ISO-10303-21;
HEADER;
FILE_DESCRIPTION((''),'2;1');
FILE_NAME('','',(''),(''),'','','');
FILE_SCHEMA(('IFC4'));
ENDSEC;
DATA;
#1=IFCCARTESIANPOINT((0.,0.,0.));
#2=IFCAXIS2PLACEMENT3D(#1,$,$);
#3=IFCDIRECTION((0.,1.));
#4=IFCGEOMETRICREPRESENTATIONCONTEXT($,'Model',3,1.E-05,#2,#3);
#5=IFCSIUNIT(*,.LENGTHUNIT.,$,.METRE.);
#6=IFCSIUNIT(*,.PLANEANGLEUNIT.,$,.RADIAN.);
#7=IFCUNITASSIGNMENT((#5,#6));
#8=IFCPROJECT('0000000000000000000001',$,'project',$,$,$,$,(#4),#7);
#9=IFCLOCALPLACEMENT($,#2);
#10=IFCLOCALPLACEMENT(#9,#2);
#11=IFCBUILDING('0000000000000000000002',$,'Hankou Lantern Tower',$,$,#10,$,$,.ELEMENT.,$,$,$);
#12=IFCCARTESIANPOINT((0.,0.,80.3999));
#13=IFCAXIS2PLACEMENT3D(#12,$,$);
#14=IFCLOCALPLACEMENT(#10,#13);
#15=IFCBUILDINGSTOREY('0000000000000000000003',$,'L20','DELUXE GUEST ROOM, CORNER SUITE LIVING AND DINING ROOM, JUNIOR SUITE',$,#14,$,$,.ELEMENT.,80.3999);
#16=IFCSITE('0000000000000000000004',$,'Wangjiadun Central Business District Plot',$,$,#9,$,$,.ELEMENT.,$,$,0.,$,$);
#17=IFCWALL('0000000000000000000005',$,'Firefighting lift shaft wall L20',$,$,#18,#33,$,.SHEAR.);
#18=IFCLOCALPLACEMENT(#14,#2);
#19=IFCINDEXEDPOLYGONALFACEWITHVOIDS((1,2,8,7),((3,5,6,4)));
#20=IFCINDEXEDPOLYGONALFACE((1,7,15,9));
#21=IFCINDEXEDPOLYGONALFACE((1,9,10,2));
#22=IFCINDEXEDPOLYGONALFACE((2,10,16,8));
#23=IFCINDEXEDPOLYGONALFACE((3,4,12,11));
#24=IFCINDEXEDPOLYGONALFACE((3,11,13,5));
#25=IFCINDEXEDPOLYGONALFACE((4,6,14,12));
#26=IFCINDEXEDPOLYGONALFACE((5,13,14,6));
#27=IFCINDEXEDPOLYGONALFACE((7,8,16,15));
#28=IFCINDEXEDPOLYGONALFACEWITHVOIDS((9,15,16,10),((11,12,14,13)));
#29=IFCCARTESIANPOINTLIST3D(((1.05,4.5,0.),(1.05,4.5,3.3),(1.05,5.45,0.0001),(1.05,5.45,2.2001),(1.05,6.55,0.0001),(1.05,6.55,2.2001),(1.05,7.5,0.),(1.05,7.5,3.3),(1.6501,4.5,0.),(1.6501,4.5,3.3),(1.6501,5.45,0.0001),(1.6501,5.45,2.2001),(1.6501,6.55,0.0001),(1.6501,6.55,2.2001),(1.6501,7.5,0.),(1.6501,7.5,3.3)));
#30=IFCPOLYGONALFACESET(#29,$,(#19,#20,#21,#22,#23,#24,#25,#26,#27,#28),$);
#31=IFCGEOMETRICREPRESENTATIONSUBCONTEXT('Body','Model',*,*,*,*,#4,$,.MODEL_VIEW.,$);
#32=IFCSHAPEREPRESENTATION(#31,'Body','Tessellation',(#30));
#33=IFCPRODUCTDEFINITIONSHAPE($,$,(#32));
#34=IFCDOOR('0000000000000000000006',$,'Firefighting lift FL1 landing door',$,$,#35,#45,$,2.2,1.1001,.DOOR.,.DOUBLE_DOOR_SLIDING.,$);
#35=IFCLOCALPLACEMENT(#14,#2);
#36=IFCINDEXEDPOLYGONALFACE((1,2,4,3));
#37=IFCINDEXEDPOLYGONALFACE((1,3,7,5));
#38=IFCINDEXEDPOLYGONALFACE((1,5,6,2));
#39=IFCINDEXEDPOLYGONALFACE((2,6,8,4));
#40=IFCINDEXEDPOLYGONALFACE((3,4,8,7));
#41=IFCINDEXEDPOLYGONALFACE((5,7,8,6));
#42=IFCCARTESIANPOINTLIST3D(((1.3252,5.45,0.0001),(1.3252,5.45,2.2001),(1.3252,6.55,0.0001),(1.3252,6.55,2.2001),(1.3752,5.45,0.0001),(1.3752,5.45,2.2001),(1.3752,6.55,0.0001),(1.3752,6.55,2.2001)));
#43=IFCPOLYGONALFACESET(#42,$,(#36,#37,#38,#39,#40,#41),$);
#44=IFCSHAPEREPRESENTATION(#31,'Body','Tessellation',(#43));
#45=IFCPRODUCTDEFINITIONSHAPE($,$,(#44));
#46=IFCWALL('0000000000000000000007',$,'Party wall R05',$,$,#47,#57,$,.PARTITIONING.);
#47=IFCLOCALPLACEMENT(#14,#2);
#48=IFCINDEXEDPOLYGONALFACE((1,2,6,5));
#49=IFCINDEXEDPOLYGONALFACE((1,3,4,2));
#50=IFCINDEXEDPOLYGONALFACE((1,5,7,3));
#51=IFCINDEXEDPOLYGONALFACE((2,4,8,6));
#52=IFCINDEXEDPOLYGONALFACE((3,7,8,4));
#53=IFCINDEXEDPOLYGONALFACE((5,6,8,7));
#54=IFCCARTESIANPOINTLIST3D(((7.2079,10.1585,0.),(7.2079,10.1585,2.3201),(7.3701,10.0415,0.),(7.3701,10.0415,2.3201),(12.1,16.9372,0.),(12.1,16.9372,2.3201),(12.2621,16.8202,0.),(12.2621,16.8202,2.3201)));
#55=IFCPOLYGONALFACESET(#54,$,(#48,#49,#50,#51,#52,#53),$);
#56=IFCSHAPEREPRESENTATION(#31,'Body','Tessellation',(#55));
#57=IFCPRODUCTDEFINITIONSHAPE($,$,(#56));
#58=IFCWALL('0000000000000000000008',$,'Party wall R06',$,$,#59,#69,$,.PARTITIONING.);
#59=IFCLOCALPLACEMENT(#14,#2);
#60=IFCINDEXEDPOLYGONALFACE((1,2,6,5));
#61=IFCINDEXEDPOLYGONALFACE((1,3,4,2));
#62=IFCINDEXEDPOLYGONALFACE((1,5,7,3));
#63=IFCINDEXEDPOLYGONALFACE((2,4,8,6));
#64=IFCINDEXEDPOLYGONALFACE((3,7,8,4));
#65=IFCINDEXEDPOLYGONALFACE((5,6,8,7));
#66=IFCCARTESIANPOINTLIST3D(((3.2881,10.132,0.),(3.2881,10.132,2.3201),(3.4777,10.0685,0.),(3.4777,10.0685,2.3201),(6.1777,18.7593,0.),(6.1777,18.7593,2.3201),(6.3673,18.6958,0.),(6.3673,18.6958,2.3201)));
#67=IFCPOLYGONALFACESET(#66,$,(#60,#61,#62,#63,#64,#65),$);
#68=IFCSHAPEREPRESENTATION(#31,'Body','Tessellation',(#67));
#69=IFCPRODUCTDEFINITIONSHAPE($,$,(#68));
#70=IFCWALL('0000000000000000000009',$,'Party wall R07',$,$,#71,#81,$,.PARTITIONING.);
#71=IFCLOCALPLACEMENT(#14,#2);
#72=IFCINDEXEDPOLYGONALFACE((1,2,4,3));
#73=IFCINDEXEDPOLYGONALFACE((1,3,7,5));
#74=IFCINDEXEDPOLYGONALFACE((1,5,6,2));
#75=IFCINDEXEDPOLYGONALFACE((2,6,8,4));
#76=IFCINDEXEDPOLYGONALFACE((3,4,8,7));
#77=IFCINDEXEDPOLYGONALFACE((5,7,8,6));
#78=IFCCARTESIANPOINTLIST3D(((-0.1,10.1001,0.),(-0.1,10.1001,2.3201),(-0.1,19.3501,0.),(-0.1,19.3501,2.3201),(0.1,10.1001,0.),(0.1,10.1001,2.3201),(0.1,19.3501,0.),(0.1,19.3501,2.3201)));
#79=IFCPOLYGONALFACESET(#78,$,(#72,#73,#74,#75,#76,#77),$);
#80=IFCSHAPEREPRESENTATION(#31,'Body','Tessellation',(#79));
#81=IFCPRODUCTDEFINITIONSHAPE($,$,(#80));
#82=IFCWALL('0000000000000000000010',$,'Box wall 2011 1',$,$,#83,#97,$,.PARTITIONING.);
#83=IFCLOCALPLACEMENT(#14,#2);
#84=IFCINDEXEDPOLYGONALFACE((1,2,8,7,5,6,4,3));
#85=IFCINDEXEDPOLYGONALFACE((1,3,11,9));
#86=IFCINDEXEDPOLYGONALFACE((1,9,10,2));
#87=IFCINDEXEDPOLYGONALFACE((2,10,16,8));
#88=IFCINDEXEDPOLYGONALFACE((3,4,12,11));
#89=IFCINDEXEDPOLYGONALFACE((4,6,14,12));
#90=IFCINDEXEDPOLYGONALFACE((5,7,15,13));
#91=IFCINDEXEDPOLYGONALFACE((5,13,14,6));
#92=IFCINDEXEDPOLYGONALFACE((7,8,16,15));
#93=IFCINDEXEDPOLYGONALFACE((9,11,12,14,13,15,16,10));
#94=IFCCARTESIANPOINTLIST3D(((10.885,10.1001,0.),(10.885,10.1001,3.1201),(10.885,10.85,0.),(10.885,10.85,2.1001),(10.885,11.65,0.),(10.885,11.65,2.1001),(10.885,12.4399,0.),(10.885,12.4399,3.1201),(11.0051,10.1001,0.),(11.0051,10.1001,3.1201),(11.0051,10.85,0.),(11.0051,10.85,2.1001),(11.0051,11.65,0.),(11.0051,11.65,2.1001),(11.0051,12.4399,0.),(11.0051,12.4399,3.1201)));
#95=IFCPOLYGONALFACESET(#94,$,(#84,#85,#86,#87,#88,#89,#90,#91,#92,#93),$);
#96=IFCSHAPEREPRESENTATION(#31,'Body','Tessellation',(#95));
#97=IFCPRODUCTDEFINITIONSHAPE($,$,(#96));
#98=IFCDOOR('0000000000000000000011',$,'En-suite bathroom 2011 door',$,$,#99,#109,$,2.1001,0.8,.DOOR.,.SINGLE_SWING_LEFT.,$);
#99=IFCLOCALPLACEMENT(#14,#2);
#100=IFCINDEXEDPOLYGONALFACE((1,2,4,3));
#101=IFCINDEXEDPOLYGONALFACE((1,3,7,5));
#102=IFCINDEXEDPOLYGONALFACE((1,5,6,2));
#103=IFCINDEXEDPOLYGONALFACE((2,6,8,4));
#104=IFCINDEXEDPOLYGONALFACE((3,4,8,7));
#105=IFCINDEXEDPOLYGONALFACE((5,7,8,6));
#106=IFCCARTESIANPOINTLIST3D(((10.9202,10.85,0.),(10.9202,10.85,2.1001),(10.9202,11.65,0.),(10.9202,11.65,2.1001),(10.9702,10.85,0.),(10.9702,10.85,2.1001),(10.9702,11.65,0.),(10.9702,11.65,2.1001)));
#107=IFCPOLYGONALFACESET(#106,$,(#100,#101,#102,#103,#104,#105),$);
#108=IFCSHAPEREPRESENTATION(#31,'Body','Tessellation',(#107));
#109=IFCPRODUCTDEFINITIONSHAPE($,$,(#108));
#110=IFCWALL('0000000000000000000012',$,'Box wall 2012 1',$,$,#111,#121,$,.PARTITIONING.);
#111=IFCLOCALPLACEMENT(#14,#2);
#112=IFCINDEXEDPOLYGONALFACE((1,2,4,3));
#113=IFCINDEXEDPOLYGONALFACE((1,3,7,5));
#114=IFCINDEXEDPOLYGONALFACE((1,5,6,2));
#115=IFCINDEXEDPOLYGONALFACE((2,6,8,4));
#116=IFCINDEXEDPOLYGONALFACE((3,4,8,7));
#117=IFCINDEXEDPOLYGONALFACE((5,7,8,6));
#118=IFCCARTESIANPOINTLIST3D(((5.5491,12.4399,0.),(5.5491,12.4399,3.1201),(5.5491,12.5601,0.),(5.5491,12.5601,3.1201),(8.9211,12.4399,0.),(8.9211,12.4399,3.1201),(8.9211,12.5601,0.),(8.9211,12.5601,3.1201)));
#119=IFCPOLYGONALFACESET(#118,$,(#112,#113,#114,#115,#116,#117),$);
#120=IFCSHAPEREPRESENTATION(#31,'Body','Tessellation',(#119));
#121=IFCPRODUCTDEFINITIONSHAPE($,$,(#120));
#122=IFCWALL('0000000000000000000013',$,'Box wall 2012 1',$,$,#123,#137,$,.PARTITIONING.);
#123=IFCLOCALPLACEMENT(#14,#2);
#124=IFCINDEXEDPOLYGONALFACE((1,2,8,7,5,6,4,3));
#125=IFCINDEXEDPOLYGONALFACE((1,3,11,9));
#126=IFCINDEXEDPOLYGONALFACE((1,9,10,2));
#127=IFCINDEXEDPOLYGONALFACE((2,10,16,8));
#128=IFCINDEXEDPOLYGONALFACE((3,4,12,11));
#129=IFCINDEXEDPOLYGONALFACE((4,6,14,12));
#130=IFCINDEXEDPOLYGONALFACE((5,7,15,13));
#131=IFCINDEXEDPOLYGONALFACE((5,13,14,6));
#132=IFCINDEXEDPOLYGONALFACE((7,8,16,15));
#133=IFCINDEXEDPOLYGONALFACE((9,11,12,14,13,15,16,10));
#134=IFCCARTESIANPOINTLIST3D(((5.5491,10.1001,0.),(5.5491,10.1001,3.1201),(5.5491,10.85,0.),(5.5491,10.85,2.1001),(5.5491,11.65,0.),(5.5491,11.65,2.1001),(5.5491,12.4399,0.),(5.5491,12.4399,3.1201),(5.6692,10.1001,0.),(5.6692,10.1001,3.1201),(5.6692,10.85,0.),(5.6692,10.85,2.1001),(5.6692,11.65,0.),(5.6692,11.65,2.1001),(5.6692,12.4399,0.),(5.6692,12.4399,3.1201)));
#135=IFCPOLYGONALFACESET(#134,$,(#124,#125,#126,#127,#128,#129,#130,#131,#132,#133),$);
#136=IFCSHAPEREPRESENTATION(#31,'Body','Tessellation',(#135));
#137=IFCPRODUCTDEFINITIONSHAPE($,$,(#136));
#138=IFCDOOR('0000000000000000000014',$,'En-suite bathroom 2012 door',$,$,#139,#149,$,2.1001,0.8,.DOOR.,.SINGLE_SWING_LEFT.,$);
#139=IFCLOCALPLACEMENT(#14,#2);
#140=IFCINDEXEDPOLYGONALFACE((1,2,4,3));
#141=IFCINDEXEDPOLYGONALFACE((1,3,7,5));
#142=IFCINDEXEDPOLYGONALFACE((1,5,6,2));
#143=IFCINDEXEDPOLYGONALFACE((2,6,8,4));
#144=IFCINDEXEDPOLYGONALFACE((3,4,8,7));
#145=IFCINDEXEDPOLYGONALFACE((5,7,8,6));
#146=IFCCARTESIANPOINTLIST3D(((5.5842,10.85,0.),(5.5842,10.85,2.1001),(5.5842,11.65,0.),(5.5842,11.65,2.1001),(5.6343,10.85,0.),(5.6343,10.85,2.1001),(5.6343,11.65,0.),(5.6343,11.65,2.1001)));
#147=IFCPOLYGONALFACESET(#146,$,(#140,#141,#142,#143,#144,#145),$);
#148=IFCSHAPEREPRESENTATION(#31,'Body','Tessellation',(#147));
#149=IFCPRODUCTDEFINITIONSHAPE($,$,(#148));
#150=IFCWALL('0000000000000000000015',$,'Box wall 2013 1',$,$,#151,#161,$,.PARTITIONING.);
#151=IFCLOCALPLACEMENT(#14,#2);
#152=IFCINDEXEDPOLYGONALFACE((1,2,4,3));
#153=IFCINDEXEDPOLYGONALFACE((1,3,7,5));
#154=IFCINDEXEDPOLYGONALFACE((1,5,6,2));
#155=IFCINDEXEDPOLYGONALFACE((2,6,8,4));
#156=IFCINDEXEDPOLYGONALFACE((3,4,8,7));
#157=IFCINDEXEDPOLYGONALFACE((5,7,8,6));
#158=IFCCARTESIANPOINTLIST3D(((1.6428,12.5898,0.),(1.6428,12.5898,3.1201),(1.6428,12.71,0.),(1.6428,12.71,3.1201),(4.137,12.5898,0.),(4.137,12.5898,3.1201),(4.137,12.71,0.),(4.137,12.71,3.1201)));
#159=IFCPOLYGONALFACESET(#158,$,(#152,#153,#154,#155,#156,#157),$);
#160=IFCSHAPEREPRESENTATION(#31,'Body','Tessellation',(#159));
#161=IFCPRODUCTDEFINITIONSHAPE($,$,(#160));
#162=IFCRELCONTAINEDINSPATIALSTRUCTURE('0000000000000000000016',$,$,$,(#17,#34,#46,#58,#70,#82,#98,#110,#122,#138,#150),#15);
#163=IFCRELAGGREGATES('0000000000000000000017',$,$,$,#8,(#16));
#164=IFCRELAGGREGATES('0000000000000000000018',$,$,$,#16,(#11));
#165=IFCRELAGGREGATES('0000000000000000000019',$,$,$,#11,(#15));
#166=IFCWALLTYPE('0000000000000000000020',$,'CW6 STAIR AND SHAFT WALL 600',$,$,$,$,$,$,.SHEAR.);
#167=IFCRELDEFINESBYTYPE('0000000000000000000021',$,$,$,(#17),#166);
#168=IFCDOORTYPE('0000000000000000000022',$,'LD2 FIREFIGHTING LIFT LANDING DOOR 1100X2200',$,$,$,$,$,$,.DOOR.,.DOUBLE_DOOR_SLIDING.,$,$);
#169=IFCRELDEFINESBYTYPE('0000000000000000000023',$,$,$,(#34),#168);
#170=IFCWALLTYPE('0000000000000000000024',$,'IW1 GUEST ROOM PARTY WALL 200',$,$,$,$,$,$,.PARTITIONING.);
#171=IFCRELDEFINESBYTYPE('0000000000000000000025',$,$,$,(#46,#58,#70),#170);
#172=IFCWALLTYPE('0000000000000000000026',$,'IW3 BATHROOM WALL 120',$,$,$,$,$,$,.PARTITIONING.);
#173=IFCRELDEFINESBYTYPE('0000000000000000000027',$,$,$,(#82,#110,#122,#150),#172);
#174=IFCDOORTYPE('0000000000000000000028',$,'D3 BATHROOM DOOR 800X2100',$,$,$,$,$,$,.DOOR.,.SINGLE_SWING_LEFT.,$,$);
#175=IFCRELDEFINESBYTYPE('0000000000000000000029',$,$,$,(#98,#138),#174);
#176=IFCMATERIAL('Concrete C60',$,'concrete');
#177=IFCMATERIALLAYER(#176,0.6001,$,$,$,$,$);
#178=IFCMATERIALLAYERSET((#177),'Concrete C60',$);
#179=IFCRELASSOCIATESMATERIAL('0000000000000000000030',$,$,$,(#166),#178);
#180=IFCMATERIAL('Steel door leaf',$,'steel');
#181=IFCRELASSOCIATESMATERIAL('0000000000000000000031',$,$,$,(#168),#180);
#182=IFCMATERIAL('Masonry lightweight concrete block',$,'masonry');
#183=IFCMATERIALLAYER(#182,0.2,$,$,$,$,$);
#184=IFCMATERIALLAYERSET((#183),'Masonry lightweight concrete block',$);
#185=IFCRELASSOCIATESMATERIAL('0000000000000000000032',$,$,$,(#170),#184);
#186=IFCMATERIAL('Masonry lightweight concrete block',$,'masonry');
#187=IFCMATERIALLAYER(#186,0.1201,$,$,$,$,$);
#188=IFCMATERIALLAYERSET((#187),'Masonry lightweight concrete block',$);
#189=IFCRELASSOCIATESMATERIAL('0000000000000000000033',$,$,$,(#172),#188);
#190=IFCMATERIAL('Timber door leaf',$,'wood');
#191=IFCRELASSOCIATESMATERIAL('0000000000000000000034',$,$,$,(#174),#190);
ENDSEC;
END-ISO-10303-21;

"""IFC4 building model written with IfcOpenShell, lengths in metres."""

from ifc_helpers import new_model, si_unit, direction, frame, frame_2d, origin, place, context, subcontext, project, spatial, rectangle, extrude, material, layer, layer_set, type_object, element, fill, save


model = new_model("IFC4")

# Units and contexts
model_context = context("Model", 3, precision=1e-05, world=origin(), true_north=direction((0.0, 1.0)))
body_context = subcontext(model_context, "Body", "Model", "MODEL_VIEW")
ifc_project = project(units=[si_unit("LENGTHUNIT", "METRE"), si_unit("PLANEANGLEUNIT", "RADIAN")], contexts=[model_context])

# Site, building, storey
site_placement = place(None, origin())
site = spatial("IfcSite", under=ifc_project, at=site_placement, Name="Wangjiadun Central Business District Plot", CompositionType="ELEMENT", RefElevation=0.0)
building_placement = place(site_placement, origin())
building = spatial("IfcBuilding", under=site, at=building_placement, Name="Hankou Lantern Tower", CompositionType="ELEMENT")
storey_placement = place(building_placement, frame((0.0, 0.0, 80.3999)))
storey = spatial("IfcBuildingStorey", under=building, at=storey_placement, Name="L20", Description="DELUXE GUEST ROOM, CORNER SUITE LIVING AND DINING ROOM, JUNIOR SUITE", CompositionType="ELEMENT", Elevation=80.3999)

# Wall, opening, door
ifc_material_1 = material(Name="Concrete C60", Category="concrete")
ifc_layer_1 = layer(ifc_material_1, 0.6001)
ifc_layer_set_1 = layer_set([ifc_layer_1], Name="Concrete C60")
wall_type_1 = type_object("IfcWallType", Name="CW6 STAIR AND SHAFT WALL 600", PredefinedType="SHEAR", material=ifc_layer_set_1)
wall_1_placement = place(storey_placement, frame((1.3501, 4.5, 0.0), z_axis=(0.0, 0.0, 1.0), x_axis=(0.0, 1.0, 0.0)))
wall_1 = element("IfcWall", 1, at=wall_1_placement, inside=storey, type_object=wall_type_1, Name="Firefighting lift shaft wall L20", PredefinedType="SHEAR", context=body_context, shape_type="SweptSolid", body=[
    extrude(rectangle(XDim=3.0, YDim=0.6001, at=frame_2d((1.5, 0.0))), origin(), (0.0, 0.0, 1.0), 3.3),
])
opening_1_placement = place(wall_1_placement, frame((0.95, 0.0, 0.0)))
opening_1 = element("IfcOpeningElement", 2, at=opening_1_placement, cuts=wall_1, PredefinedType="OPENING", context=body_context, shape_type="SweptSolid", body=[
    extrude(rectangle(XDim=1.1001, YDim=2.2, at=frame_2d((0.55, 1.1001))), frame((0.0, 0.3101, 0.0), z_axis=(0.0, -1.0, 0.0), x_axis=(1.0, 0.0, 0.0)), (0.0, 0.0, 1.0), 0.6201),
])
ifc_material_2 = material(Name="Steel door leaf", Category="steel")
door_type_1 = type_object("IfcDoorType", Name="LD2 FIREFIGHTING LIFT LANDING DOOR 1100X2200", OperationType="DOUBLE_DOOR_SLIDING", PredefinedType="DOOR", material=ifc_material_2)
door_1_placement = place(opening_1_placement, origin())
door_1 = element("IfcDoor", 3, at=door_1_placement, inside=storey, type_object=door_type_1, Name="Firefighting lift FL1 landing door", OperationType="DOUBLE_DOOR_SLIDING", OverallHeight=2.2, OverallWidth=1.1001, PredefinedType="DOOR", context=body_context, shape_type="SweptSolid", body=[
    extrude(rectangle(XDim=1.1001, YDim=2.2, at=frame_2d((0.55, 1.1001))), frame((0.0, 0.0249, 0.0), z_axis=(0.0, -1.0, 0.0), x_axis=(1.0, 0.0, 0.0)), (0.0, 0.0, 1.0), 0.05),
])
fill(opening_1, door_1)

# Walls
ifc_material_3 = material(Name="Masonry lightweight concrete block", Category="masonry")
ifc_layer_2 = layer(ifc_material_3, 0.2)
ifc_layer_set_2 = layer_set([ifc_layer_2], Name="Masonry lightweight concrete block")
wall_type_2 = type_object("IfcWallType", Name="IW1 GUEST ROOM PARTY WALL 200", PredefinedType="PARTITIONING", material=ifc_layer_set_2)
wall_2_placement = place(storey_placement, frame((7.2891, 10.1001, 0.0), z_axis=(0.0, 0.0, 1.0), x_axis=(0.585198, 0.81089, 0.0)))
element("IfcWall", 4, at=wall_2_placement, inside=storey, type_object=wall_type_2, Name="Party wall R05", PredefinedType="PARTITIONING", context=body_context, shape_type="SweptSolid", body=[
    extrude(rectangle(XDim=8.3596, YDim=0.2, at=frame_2d((4.1797, 0.0))), origin(), (0.0, 0.0, 1.0), 2.3201),
])
wall_3_placement = place(storey_placement, frame((3.3828, 10.1001, 0.0), z_axis=(0.0, 0.0, 1.0), x_axis=(0.317596, 0.948226, 0.0)))
element("IfcWall", 5, at=wall_3_placement, inside=storey, type_object=wall_type_2, Name="Party wall R06", PredefinedType="PARTITIONING", context=body_context, shape_type="SweptSolid", body=[
    extrude(rectangle(XDim=9.0984, YDim=0.2, at=frame_2d((4.5493, 0.0))), origin(), (0.0, 0.0, 1.0), 2.3201),
])
wall_4_placement = place(storey_placement, frame((0.0, 10.1001, 0.0), z_axis=(0.0, 0.0, 1.0), x_axis=(0.0, 1.0, 0.0)))
element("IfcWall", 6, at=wall_4_placement, inside=storey, type_object=wall_type_2, Name="Party wall R07", PredefinedType="PARTITIONING", context=body_context, shape_type="SweptSolid", body=[
    extrude(rectangle(XDim=9.25, YDim=0.2, at=frame_2d((4.625, 0.0))), origin(), (0.0, 0.0, 1.0), 2.3201),
])

# Wall, opening, door
ifc_material_4 = material(Name="Masonry lightweight concrete block", Category="masonry")
ifc_layer_3 = layer(ifc_material_4, 0.1201)
ifc_layer_set_3 = layer_set([ifc_layer_3], Name="Masonry lightweight concrete block")
wall_type_3 = type_object("IfcWallType", Name="IW3 BATHROOM WALL 120", PredefinedType="PARTITIONING", material=ifc_layer_set_3)
wall_5_placement = place(storey_placement, frame((10.9451, 10.1001, 0.0), z_axis=(0.0, 0.0, 1.0), x_axis=(0.0, 1.0, 0.0)))
wall_5 = element("IfcWall", 7, at=wall_5_placement, inside=storey, type_object=wall_type_3, Name="Box wall 2011 1", PredefinedType="PARTITIONING", context=body_context, shape_type="SweptSolid", body=[
    extrude(rectangle(XDim=2.3398, YDim=0.1201, at=frame_2d((1.1699, 0.0))), origin(), (0.0, 0.0, 1.0), 3.1201),
])
opening_2_placement = place(wall_5_placement, frame((0.75, 0.0, 0.0)))
opening_2 = element("IfcOpeningElement", 8, at=opening_2_placement, cuts=wall_5, PredefinedType="OPENING", context=body_context, shape_type="SweptSolid", body=[
    extrude(rectangle(XDim=0.8, YDim=2.1001, at=frame_2d((0.3999, 1.05))), frame((0.0, 0.0701, 0.0), z_axis=(0.0, -1.0, 0.0), x_axis=(1.0, 0.0, 0.0)), (0.0, 0.0, 1.0), 0.1401),
])
ifc_material_5 = material(Name="Timber door leaf", Category="wood")
door_type_2 = type_object("IfcDoorType", Name="D3 BATHROOM DOOR 800X2100", OperationType="SINGLE_SWING_LEFT", PredefinedType="DOOR", material=ifc_material_5)
door_2_placement = place(opening_2_placement, origin())
door_2 = element("IfcDoor", 9, at=door_2_placement, inside=storey, type_object=door_type_2, Name="En-suite bathroom 2011 door", OperationType="SINGLE_SWING_LEFT", OverallHeight=2.1001, OverallWidth=0.8, PredefinedType="DOOR", context=body_context, shape_type="SweptSolid", body=[
    extrude(rectangle(XDim=0.8, YDim=2.1001, at=frame_2d((0.3999, 1.05))), frame((0.0, 0.0249, 0.0), z_axis=(0.0, -1.0, 0.0), x_axis=(1.0, 0.0, 0.0)), (0.0, 0.0, 1.0), 0.05),
])
fill(opening_2, door_2)

# Wall
wall_6_placement = place(storey_placement, frame((8.9211, 12.5, 0.0), z_axis=(0.0, 0.0, 1.0), x_axis=(-1.0, 0.0, 0.0)))
element("IfcWall", 10, at=wall_6_placement, inside=storey, type_object=wall_type_3, Name="Box wall 2012 1", PredefinedType="PARTITIONING", context=body_context, shape_type="SweptSolid", body=[
    extrude(rectangle(XDim=3.3721, YDim=0.1201, at=frame_2d((1.686, 0.0))), origin(), (0.0, 0.0, 1.0), 3.1201),
])

# Wall, opening, door
wall_7_placement = place(storey_placement, frame((5.6091, 10.1001, 0.0), z_axis=(0.0, 0.0, 1.0), x_axis=(0.0, 1.0, 0.0)))
wall_7 = element("IfcWall", 11, at=wall_7_placement, inside=storey, type_object=wall_type_3, Name="Box wall 2012 1", PredefinedType="PARTITIONING", context=body_context, shape_type="SweptSolid", body=[
    extrude(rectangle(XDim=2.3398, YDim=0.1201, at=frame_2d((1.1699, 0.0))), origin(), (0.0, 0.0, 1.0), 3.1201),
])
opening_3_placement = place(wall_7_placement, frame((0.75, 0.0, 0.0)))
opening_3 = element("IfcOpeningElement", 12, at=opening_3_placement, cuts=wall_7, PredefinedType="OPENING", context=body_context, shape_type="SweptSolid", body=[
    extrude(rectangle(XDim=0.8, YDim=2.1001, at=frame_2d((0.3999, 1.05))), frame((0.0, 0.0701, 0.0), z_axis=(0.0, -1.0, 0.0), x_axis=(1.0, 0.0, 0.0)), (0.0, 0.0, 1.0), 0.1401),
])
door_3_placement = place(opening_3_placement, origin())
door_3 = element("IfcDoor", 13, at=door_3_placement, inside=storey, type_object=door_type_2, Name="En-suite bathroom 2012 door", OperationType="SINGLE_SWING_LEFT", OverallHeight=2.1001, OverallWidth=0.8, PredefinedType="DOOR", context=body_context, shape_type="SweptSolid", body=[
    extrude(rectangle(XDim=0.8, YDim=2.1001, at=frame_2d((0.3999, 1.05))), frame((0.0, 0.0249, 0.0), z_axis=(0.0, -1.0, 0.0), x_axis=(1.0, 0.0, 0.0)), (0.0, 0.0, 1.0), 0.05),
])
fill(opening_3, door_3)

# Wall
wall_8_placement = place(storey_placement, frame((4.137, 12.6499, 0.0), z_axis=(0.0, 0.0, 1.0), x_axis=(-1.0, 0.0, 0.0)))
element("IfcWall", 14, at=wall_8_placement, inside=storey, type_object=wall_type_3, Name="Box wall 2013 1", PredefinedType="PARTITIONING", context=body_context, shape_type="SweptSolid", body=[
    extrude(rectangle(XDim=2.4941, YDim=0.1201, at=frame_2d((1.2471, 0.0))), origin(), (0.0, 0.0, 1.0), 3.1201),
])

save(model, "model.ifc")
